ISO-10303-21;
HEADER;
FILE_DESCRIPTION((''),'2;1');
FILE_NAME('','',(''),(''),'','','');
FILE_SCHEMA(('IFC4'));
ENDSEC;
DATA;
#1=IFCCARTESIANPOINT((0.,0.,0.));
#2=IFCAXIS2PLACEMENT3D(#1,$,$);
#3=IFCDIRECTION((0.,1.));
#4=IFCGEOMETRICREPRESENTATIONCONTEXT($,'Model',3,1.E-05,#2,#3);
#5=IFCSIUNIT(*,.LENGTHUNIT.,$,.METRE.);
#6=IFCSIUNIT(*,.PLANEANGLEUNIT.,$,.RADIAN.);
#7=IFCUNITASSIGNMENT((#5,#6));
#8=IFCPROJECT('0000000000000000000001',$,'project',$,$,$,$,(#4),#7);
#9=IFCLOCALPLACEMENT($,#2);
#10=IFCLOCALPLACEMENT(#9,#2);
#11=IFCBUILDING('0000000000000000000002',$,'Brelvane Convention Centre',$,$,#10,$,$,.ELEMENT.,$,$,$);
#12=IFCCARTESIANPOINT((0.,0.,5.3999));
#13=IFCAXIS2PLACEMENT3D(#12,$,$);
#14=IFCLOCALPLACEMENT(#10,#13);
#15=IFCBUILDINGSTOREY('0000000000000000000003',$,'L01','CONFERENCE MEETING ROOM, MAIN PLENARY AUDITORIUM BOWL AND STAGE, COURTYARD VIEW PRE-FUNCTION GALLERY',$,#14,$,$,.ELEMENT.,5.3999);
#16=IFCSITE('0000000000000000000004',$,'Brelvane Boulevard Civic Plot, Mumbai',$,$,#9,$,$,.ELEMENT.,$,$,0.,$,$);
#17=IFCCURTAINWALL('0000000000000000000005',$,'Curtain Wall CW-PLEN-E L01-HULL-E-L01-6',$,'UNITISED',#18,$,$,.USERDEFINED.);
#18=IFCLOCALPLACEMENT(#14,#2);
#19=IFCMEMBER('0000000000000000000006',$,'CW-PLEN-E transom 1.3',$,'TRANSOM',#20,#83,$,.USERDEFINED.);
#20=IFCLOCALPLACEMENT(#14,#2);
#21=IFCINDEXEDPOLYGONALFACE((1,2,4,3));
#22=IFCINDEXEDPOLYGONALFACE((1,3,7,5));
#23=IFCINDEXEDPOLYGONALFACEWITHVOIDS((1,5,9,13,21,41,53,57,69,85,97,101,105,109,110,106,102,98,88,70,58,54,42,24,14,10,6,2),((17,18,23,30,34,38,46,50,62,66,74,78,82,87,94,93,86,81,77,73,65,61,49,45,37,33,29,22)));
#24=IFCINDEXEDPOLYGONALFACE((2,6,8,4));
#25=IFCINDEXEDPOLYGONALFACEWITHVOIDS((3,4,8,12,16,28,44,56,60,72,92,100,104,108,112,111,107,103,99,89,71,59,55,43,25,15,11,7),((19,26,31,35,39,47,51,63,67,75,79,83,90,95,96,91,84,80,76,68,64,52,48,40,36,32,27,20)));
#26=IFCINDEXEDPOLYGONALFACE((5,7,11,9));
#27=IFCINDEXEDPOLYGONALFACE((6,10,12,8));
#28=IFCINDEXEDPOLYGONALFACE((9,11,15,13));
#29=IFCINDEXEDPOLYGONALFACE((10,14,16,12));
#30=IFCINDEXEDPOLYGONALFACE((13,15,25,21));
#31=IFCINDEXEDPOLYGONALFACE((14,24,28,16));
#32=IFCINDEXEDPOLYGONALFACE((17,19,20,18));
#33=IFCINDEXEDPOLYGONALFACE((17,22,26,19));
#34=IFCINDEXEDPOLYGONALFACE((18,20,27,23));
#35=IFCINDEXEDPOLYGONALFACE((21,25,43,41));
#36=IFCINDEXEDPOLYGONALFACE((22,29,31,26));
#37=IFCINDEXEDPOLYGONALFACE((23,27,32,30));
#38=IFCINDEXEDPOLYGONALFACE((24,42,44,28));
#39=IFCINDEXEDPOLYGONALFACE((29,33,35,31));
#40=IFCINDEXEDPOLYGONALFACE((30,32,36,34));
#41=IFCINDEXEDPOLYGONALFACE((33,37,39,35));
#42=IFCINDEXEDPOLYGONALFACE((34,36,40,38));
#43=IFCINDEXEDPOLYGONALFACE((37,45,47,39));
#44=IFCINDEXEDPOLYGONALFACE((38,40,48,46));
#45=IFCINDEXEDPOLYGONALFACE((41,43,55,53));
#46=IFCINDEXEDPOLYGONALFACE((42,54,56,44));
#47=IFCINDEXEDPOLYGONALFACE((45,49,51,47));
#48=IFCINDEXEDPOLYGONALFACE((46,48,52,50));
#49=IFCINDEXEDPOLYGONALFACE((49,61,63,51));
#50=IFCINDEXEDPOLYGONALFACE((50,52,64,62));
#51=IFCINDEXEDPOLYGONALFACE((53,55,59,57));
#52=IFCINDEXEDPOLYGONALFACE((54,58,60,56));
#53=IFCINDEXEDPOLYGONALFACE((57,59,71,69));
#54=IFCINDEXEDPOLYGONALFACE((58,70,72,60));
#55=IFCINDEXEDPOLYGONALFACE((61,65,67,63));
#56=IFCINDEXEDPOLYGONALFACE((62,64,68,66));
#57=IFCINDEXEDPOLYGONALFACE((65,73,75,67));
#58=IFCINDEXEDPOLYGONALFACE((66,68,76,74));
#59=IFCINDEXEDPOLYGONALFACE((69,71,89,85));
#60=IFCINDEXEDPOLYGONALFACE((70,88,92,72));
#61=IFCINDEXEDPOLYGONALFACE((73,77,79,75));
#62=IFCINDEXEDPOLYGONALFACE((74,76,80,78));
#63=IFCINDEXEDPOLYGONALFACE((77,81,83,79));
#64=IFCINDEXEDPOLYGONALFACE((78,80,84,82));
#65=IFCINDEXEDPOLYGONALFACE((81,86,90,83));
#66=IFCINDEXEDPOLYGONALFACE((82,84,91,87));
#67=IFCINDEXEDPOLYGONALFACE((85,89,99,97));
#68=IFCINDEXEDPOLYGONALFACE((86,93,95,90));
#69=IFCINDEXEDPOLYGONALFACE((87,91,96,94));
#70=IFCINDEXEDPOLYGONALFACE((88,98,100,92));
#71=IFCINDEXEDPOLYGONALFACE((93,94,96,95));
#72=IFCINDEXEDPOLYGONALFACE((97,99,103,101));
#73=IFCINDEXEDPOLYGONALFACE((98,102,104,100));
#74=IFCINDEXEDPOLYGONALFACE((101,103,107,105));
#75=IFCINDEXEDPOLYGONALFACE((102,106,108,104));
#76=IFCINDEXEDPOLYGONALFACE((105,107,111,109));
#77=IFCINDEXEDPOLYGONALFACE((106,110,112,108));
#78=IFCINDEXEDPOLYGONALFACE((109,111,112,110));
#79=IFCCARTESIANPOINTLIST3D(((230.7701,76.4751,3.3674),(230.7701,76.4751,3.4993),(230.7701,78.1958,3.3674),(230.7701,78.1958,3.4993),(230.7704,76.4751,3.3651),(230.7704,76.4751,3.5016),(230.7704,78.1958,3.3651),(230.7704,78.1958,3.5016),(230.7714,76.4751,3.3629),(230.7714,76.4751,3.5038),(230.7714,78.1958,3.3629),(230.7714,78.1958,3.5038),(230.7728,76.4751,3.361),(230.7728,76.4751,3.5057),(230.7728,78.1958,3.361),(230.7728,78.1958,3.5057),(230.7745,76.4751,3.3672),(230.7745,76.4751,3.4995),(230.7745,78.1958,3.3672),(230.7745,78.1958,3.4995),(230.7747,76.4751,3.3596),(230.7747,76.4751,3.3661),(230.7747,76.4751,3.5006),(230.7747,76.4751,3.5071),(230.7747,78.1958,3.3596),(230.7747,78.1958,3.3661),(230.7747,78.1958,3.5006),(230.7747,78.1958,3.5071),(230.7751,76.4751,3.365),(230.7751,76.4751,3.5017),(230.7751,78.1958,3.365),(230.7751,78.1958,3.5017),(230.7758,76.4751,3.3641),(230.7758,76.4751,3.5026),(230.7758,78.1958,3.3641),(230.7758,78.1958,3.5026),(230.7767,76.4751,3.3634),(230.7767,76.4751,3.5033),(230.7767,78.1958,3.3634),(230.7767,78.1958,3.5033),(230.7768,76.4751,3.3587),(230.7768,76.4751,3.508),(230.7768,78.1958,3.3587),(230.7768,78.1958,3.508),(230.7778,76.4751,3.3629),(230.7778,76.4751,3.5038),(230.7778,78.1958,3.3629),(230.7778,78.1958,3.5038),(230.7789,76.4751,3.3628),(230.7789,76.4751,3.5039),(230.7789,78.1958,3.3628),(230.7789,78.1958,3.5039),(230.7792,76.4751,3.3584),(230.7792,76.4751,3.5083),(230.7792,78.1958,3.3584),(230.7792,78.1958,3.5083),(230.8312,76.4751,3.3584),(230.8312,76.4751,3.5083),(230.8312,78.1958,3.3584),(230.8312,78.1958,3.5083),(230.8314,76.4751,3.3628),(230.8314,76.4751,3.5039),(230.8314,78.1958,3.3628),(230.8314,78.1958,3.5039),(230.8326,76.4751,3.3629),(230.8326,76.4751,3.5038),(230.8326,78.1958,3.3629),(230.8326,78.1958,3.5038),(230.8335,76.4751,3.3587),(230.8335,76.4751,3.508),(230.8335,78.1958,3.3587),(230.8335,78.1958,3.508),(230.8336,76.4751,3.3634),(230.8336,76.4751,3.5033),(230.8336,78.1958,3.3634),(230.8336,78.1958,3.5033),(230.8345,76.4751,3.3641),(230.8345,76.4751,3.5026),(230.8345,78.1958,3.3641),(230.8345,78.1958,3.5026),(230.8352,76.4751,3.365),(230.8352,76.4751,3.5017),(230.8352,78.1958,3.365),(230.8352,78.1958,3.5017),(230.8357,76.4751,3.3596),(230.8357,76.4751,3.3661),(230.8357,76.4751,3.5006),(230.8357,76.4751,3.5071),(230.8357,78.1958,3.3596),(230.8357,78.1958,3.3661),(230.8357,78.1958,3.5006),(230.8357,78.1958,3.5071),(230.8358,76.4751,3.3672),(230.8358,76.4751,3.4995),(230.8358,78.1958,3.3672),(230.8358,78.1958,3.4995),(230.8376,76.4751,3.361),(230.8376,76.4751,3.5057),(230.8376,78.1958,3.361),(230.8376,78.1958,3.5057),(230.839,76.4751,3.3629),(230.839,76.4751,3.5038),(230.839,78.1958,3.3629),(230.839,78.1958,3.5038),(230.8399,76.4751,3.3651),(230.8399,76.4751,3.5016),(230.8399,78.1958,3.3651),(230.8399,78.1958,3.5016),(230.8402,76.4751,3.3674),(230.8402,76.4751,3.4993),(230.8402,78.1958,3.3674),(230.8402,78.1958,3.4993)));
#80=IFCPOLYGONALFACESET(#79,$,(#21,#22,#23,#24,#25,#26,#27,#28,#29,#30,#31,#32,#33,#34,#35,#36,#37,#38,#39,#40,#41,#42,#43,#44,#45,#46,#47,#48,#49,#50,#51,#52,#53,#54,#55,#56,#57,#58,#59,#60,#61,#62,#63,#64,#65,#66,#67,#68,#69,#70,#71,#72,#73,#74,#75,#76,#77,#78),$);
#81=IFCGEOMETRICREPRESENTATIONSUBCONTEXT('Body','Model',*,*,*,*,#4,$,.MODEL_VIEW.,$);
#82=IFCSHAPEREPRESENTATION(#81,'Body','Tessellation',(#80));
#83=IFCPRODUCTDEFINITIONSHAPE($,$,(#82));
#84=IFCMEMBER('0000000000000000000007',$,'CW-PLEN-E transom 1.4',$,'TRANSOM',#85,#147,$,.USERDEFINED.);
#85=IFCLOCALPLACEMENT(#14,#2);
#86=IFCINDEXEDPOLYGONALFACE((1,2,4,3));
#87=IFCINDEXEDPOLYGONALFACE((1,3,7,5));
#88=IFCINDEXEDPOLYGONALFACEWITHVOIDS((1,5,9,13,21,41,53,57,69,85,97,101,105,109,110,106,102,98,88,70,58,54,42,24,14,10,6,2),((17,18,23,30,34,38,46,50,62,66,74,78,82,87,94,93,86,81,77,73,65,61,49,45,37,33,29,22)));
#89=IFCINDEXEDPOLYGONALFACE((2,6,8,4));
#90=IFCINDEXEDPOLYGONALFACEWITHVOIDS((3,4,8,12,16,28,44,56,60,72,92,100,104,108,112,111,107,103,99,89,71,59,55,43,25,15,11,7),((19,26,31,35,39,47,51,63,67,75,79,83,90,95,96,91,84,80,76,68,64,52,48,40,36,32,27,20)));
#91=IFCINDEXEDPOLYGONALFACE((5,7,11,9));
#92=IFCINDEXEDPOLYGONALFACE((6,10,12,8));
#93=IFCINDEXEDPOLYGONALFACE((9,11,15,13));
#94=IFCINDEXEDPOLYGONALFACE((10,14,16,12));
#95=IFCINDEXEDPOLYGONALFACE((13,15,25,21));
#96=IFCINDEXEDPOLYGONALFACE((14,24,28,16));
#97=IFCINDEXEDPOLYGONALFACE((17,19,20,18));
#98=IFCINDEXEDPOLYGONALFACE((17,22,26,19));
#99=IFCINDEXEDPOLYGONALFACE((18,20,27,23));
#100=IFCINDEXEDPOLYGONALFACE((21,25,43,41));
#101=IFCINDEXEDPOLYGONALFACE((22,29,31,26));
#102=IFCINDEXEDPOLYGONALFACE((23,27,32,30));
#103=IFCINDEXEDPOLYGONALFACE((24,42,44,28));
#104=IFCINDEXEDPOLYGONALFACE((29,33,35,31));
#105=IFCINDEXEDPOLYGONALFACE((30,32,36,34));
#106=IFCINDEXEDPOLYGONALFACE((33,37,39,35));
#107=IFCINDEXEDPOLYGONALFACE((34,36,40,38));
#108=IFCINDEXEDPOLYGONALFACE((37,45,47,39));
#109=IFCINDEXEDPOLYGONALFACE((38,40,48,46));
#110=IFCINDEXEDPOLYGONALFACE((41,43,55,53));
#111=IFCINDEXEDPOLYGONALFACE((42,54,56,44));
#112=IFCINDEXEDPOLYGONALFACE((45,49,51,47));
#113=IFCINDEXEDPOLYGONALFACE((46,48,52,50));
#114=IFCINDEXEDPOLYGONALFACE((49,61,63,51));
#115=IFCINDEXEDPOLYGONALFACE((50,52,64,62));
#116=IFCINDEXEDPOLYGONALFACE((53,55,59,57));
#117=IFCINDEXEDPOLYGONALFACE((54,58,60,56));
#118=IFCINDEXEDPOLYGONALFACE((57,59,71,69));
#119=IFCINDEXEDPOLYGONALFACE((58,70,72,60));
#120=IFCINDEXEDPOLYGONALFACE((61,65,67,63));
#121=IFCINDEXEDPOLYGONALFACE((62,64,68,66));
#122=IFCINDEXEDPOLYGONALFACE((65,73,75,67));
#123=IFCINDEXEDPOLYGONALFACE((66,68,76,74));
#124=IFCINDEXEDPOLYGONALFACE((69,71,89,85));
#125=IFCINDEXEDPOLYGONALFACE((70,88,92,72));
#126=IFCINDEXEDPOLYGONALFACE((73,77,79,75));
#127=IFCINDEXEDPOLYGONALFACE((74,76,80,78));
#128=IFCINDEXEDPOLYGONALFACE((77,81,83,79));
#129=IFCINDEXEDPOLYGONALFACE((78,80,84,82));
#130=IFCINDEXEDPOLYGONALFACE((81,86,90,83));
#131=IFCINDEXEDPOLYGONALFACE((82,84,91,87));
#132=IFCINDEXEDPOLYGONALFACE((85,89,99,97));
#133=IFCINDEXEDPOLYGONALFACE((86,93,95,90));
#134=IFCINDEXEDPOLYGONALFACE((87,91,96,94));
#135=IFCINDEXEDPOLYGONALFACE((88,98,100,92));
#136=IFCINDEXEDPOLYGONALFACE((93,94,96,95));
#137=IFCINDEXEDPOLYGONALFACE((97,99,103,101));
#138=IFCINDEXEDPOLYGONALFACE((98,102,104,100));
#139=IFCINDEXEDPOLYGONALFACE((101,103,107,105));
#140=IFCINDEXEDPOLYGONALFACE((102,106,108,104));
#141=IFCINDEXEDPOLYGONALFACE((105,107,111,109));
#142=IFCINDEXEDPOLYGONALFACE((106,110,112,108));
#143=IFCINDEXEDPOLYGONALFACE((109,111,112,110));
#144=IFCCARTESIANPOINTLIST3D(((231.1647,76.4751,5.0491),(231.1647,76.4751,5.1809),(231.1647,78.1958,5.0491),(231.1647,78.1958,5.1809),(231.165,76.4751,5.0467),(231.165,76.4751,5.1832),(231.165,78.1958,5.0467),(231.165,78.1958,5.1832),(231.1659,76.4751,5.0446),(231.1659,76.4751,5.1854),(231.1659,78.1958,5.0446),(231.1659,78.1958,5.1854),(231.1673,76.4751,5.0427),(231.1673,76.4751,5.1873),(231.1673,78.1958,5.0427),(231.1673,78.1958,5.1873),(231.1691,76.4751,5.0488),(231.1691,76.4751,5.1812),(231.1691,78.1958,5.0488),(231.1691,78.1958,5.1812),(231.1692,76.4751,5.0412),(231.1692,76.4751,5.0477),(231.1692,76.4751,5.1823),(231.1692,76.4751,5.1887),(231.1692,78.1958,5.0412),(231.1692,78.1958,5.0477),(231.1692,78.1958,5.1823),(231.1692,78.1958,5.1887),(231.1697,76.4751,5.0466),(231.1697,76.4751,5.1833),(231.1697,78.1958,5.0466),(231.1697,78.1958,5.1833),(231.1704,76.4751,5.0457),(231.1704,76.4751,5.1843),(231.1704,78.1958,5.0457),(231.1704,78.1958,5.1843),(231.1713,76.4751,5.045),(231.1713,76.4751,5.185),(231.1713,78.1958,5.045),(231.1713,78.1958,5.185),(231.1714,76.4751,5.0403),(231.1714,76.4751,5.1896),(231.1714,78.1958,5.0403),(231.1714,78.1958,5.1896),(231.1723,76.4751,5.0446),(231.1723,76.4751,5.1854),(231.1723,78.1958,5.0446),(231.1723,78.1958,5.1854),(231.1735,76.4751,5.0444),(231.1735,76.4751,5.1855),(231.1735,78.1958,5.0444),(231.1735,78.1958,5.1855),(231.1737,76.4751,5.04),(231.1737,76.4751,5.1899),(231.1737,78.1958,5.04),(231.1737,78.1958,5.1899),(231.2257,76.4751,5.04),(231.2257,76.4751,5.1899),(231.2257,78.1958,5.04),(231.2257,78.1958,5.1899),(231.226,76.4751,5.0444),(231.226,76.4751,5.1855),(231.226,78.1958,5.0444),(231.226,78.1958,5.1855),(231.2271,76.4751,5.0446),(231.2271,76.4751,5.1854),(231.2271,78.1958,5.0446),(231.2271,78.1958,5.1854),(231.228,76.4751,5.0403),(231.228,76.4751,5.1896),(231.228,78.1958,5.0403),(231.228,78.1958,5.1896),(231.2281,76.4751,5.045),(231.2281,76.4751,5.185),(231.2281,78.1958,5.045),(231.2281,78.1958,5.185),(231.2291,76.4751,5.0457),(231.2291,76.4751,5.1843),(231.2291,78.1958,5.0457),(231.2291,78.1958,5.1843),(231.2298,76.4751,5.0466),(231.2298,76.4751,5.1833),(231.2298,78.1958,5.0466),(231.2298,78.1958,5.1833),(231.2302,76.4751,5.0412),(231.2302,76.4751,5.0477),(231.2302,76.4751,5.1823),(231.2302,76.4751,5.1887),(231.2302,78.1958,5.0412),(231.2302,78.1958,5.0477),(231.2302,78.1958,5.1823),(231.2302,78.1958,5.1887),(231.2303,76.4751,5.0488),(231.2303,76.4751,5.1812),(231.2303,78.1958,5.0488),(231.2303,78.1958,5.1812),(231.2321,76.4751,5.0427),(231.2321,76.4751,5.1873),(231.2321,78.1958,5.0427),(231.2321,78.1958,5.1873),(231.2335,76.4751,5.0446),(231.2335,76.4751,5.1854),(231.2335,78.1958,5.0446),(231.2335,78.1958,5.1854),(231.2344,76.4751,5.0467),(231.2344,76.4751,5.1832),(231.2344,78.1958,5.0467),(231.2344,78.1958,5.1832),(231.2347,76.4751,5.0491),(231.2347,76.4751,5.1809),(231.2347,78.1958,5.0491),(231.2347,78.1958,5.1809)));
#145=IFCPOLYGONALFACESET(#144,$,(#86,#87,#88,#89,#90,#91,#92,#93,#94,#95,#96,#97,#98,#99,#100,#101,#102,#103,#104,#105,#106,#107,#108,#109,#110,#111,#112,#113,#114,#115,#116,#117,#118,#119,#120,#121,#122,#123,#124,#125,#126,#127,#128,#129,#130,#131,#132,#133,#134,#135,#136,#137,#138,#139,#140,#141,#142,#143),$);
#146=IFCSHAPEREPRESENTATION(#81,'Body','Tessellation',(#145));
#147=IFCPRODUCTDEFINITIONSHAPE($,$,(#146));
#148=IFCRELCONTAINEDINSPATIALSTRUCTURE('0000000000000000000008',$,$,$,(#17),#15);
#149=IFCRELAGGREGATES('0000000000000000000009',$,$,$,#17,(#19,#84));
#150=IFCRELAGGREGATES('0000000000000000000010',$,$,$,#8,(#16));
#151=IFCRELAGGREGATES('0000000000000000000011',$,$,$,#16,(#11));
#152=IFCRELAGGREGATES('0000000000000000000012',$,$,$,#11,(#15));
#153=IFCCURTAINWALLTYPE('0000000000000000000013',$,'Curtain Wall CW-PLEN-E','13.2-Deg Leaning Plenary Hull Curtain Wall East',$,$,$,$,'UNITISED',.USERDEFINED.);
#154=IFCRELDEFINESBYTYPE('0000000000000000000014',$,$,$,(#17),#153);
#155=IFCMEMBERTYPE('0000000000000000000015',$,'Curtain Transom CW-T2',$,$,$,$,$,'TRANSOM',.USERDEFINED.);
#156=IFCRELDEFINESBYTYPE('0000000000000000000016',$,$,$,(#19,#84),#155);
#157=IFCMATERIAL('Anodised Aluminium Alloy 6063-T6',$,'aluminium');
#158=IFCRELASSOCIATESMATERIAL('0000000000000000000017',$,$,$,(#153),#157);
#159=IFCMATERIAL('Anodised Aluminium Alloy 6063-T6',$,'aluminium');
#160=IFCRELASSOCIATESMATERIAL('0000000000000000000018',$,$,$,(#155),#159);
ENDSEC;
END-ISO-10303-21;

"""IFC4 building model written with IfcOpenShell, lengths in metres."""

from ifc_helpers import new_model, si_unit, direction, frame, origin, origin_2d, place, context, subcontext, project, spatial, hollow_rectangle, extrude, material, material_profile, profile_set, type_object, element, aggregate, save


model = new_model("IFC4")

# Units and contexts
model_context = context("Model", 3, precision=1e-05, world=origin(), true_north=direction((0.0, 1.0)))
body_context = subcontext(model_context, "Body", "Model", "MODEL_VIEW")
ifc_project = project(units=[si_unit("LENGTHUNIT", "METRE"), si_unit("PLANEANGLEUNIT", "RADIAN")], contexts=[model_context])

# Site, building, storey
site_placement = place(None, origin())
site = spatial("IfcSite", under=ifc_project, at=site_placement, Name="Brelvane Boulevard Civic Plot, Mumbai", CompositionType="ELEMENT", RefElevation=0.0)
building_placement = place(site_placement, origin())
building = spatial("IfcBuilding", under=site, at=building_placement, Name="Brelvane Convention Centre", CompositionType="ELEMENT")
storey_placement = place(building_placement, frame((0.0, 0.0, 5.3999)))
storey = spatial("IfcBuildingStorey", under=building, at=storey_placement, Name="L01", Description="CONFERENCE MEETING ROOM, MAIN PLENARY AUDITORIUM BOWL AND STAGE, COURTYARD VIEW PRE-FUNCTION GALLERY", CompositionType="ELEMENT", Elevation=5.3999)

# Curtain wall, members
ifc_material_1 = material(Name="Anodised Aluminium Alloy 6063-T6", Category="aluminium")
curtain_wall_type = type_object("IfcCurtainWallType", Name="Curtain Wall CW-PLEN-E", Description="13.2-Deg Leaning Plenary Hull Curtain Wall East", ElementType="UNITISED", PredefinedType="USERDEFINED", material=ifc_material_1)
curtain_wall_placement = place(storey_placement, origin())
curtain_wall = element("IfcCurtainWall", 1, at=curtain_wall_placement, inside=storey, type_object=curtain_wall_type, Name="Curtain Wall CW-PLEN-E L01-HULL-E-L01-6", ObjectType="UNITISED", PredefinedType="USERDEFINED")
ifc_material_2 = material(Name="Anodised Aluminium Alloy 6063-T6", Category="aluminium")
ifc_material_profile_1 = material_profile(ifc_material_2, hollow_rectangle(XDim=0.0701, YDim=0.1499, WallThickness=0.0044, InnerFilletRadius=0.0044, OuterFilletRadius=0.009, at=origin_2d()), Name="ALU-T 150x70x4.5")
ifc_profile_set_1 = profile_set([ifc_material_profile_1], Name="Anodised Aluminium Alloy 6063-T6")
member_type_1 = type_object("IfcMemberType", Name="Curtain Transom CW-T2", ElementType="TRANSOM", PredefinedType="USERDEFINED", material=ifc_profile_set_1)
member_1_placement = place(storey_placement, frame((230.8052, 76.4751, 3.4333), z_axis=(0.0, 1.0, 0.0), x_axis=(-1.0, 0.0, 0.0)))
member_1 = element("IfcMember", 2, at=member_1_placement, type_object=member_type_1, Name="CW-PLEN-E transom 1.3", ObjectType="TRANSOM", PredefinedType="USERDEFINED", context=body_context, shape_type="SweptSolid", body=[
    extrude(hollow_rectangle(XDim=0.0701, YDim=0.1499, WallThickness=0.0044, InnerFilletRadius=0.0044, OuterFilletRadius=0.009, at=origin_2d()), origin(), (0.0, 0.0, 1.0), 1.7207),
])
member_2_placement = place(storey_placement, frame((231.1997, 76.4751, 5.115), z_axis=(0.0, 1.0, 0.0), x_axis=(-1.0, 0.0, 0.0)))
member_2 = element("IfcMember", 3, at=member_2_placement, type_object=member_type_1, Name="CW-PLEN-E transom 1.4", ObjectType="TRANSOM", PredefinedType="USERDEFINED", context=body_context, shape_type="SweptSolid", body=[
    extrude(hollow_rectangle(XDim=0.0701, YDim=0.1499, WallThickness=0.0044, InnerFilletRadius=0.0044, OuterFilletRadius=0.009, at=origin_2d()), origin(), (0.0, 0.0, 1.0), 1.7207),
])

aggregate(curtain_wall, [member_1, member_2])

save(model, "model.ifc")
